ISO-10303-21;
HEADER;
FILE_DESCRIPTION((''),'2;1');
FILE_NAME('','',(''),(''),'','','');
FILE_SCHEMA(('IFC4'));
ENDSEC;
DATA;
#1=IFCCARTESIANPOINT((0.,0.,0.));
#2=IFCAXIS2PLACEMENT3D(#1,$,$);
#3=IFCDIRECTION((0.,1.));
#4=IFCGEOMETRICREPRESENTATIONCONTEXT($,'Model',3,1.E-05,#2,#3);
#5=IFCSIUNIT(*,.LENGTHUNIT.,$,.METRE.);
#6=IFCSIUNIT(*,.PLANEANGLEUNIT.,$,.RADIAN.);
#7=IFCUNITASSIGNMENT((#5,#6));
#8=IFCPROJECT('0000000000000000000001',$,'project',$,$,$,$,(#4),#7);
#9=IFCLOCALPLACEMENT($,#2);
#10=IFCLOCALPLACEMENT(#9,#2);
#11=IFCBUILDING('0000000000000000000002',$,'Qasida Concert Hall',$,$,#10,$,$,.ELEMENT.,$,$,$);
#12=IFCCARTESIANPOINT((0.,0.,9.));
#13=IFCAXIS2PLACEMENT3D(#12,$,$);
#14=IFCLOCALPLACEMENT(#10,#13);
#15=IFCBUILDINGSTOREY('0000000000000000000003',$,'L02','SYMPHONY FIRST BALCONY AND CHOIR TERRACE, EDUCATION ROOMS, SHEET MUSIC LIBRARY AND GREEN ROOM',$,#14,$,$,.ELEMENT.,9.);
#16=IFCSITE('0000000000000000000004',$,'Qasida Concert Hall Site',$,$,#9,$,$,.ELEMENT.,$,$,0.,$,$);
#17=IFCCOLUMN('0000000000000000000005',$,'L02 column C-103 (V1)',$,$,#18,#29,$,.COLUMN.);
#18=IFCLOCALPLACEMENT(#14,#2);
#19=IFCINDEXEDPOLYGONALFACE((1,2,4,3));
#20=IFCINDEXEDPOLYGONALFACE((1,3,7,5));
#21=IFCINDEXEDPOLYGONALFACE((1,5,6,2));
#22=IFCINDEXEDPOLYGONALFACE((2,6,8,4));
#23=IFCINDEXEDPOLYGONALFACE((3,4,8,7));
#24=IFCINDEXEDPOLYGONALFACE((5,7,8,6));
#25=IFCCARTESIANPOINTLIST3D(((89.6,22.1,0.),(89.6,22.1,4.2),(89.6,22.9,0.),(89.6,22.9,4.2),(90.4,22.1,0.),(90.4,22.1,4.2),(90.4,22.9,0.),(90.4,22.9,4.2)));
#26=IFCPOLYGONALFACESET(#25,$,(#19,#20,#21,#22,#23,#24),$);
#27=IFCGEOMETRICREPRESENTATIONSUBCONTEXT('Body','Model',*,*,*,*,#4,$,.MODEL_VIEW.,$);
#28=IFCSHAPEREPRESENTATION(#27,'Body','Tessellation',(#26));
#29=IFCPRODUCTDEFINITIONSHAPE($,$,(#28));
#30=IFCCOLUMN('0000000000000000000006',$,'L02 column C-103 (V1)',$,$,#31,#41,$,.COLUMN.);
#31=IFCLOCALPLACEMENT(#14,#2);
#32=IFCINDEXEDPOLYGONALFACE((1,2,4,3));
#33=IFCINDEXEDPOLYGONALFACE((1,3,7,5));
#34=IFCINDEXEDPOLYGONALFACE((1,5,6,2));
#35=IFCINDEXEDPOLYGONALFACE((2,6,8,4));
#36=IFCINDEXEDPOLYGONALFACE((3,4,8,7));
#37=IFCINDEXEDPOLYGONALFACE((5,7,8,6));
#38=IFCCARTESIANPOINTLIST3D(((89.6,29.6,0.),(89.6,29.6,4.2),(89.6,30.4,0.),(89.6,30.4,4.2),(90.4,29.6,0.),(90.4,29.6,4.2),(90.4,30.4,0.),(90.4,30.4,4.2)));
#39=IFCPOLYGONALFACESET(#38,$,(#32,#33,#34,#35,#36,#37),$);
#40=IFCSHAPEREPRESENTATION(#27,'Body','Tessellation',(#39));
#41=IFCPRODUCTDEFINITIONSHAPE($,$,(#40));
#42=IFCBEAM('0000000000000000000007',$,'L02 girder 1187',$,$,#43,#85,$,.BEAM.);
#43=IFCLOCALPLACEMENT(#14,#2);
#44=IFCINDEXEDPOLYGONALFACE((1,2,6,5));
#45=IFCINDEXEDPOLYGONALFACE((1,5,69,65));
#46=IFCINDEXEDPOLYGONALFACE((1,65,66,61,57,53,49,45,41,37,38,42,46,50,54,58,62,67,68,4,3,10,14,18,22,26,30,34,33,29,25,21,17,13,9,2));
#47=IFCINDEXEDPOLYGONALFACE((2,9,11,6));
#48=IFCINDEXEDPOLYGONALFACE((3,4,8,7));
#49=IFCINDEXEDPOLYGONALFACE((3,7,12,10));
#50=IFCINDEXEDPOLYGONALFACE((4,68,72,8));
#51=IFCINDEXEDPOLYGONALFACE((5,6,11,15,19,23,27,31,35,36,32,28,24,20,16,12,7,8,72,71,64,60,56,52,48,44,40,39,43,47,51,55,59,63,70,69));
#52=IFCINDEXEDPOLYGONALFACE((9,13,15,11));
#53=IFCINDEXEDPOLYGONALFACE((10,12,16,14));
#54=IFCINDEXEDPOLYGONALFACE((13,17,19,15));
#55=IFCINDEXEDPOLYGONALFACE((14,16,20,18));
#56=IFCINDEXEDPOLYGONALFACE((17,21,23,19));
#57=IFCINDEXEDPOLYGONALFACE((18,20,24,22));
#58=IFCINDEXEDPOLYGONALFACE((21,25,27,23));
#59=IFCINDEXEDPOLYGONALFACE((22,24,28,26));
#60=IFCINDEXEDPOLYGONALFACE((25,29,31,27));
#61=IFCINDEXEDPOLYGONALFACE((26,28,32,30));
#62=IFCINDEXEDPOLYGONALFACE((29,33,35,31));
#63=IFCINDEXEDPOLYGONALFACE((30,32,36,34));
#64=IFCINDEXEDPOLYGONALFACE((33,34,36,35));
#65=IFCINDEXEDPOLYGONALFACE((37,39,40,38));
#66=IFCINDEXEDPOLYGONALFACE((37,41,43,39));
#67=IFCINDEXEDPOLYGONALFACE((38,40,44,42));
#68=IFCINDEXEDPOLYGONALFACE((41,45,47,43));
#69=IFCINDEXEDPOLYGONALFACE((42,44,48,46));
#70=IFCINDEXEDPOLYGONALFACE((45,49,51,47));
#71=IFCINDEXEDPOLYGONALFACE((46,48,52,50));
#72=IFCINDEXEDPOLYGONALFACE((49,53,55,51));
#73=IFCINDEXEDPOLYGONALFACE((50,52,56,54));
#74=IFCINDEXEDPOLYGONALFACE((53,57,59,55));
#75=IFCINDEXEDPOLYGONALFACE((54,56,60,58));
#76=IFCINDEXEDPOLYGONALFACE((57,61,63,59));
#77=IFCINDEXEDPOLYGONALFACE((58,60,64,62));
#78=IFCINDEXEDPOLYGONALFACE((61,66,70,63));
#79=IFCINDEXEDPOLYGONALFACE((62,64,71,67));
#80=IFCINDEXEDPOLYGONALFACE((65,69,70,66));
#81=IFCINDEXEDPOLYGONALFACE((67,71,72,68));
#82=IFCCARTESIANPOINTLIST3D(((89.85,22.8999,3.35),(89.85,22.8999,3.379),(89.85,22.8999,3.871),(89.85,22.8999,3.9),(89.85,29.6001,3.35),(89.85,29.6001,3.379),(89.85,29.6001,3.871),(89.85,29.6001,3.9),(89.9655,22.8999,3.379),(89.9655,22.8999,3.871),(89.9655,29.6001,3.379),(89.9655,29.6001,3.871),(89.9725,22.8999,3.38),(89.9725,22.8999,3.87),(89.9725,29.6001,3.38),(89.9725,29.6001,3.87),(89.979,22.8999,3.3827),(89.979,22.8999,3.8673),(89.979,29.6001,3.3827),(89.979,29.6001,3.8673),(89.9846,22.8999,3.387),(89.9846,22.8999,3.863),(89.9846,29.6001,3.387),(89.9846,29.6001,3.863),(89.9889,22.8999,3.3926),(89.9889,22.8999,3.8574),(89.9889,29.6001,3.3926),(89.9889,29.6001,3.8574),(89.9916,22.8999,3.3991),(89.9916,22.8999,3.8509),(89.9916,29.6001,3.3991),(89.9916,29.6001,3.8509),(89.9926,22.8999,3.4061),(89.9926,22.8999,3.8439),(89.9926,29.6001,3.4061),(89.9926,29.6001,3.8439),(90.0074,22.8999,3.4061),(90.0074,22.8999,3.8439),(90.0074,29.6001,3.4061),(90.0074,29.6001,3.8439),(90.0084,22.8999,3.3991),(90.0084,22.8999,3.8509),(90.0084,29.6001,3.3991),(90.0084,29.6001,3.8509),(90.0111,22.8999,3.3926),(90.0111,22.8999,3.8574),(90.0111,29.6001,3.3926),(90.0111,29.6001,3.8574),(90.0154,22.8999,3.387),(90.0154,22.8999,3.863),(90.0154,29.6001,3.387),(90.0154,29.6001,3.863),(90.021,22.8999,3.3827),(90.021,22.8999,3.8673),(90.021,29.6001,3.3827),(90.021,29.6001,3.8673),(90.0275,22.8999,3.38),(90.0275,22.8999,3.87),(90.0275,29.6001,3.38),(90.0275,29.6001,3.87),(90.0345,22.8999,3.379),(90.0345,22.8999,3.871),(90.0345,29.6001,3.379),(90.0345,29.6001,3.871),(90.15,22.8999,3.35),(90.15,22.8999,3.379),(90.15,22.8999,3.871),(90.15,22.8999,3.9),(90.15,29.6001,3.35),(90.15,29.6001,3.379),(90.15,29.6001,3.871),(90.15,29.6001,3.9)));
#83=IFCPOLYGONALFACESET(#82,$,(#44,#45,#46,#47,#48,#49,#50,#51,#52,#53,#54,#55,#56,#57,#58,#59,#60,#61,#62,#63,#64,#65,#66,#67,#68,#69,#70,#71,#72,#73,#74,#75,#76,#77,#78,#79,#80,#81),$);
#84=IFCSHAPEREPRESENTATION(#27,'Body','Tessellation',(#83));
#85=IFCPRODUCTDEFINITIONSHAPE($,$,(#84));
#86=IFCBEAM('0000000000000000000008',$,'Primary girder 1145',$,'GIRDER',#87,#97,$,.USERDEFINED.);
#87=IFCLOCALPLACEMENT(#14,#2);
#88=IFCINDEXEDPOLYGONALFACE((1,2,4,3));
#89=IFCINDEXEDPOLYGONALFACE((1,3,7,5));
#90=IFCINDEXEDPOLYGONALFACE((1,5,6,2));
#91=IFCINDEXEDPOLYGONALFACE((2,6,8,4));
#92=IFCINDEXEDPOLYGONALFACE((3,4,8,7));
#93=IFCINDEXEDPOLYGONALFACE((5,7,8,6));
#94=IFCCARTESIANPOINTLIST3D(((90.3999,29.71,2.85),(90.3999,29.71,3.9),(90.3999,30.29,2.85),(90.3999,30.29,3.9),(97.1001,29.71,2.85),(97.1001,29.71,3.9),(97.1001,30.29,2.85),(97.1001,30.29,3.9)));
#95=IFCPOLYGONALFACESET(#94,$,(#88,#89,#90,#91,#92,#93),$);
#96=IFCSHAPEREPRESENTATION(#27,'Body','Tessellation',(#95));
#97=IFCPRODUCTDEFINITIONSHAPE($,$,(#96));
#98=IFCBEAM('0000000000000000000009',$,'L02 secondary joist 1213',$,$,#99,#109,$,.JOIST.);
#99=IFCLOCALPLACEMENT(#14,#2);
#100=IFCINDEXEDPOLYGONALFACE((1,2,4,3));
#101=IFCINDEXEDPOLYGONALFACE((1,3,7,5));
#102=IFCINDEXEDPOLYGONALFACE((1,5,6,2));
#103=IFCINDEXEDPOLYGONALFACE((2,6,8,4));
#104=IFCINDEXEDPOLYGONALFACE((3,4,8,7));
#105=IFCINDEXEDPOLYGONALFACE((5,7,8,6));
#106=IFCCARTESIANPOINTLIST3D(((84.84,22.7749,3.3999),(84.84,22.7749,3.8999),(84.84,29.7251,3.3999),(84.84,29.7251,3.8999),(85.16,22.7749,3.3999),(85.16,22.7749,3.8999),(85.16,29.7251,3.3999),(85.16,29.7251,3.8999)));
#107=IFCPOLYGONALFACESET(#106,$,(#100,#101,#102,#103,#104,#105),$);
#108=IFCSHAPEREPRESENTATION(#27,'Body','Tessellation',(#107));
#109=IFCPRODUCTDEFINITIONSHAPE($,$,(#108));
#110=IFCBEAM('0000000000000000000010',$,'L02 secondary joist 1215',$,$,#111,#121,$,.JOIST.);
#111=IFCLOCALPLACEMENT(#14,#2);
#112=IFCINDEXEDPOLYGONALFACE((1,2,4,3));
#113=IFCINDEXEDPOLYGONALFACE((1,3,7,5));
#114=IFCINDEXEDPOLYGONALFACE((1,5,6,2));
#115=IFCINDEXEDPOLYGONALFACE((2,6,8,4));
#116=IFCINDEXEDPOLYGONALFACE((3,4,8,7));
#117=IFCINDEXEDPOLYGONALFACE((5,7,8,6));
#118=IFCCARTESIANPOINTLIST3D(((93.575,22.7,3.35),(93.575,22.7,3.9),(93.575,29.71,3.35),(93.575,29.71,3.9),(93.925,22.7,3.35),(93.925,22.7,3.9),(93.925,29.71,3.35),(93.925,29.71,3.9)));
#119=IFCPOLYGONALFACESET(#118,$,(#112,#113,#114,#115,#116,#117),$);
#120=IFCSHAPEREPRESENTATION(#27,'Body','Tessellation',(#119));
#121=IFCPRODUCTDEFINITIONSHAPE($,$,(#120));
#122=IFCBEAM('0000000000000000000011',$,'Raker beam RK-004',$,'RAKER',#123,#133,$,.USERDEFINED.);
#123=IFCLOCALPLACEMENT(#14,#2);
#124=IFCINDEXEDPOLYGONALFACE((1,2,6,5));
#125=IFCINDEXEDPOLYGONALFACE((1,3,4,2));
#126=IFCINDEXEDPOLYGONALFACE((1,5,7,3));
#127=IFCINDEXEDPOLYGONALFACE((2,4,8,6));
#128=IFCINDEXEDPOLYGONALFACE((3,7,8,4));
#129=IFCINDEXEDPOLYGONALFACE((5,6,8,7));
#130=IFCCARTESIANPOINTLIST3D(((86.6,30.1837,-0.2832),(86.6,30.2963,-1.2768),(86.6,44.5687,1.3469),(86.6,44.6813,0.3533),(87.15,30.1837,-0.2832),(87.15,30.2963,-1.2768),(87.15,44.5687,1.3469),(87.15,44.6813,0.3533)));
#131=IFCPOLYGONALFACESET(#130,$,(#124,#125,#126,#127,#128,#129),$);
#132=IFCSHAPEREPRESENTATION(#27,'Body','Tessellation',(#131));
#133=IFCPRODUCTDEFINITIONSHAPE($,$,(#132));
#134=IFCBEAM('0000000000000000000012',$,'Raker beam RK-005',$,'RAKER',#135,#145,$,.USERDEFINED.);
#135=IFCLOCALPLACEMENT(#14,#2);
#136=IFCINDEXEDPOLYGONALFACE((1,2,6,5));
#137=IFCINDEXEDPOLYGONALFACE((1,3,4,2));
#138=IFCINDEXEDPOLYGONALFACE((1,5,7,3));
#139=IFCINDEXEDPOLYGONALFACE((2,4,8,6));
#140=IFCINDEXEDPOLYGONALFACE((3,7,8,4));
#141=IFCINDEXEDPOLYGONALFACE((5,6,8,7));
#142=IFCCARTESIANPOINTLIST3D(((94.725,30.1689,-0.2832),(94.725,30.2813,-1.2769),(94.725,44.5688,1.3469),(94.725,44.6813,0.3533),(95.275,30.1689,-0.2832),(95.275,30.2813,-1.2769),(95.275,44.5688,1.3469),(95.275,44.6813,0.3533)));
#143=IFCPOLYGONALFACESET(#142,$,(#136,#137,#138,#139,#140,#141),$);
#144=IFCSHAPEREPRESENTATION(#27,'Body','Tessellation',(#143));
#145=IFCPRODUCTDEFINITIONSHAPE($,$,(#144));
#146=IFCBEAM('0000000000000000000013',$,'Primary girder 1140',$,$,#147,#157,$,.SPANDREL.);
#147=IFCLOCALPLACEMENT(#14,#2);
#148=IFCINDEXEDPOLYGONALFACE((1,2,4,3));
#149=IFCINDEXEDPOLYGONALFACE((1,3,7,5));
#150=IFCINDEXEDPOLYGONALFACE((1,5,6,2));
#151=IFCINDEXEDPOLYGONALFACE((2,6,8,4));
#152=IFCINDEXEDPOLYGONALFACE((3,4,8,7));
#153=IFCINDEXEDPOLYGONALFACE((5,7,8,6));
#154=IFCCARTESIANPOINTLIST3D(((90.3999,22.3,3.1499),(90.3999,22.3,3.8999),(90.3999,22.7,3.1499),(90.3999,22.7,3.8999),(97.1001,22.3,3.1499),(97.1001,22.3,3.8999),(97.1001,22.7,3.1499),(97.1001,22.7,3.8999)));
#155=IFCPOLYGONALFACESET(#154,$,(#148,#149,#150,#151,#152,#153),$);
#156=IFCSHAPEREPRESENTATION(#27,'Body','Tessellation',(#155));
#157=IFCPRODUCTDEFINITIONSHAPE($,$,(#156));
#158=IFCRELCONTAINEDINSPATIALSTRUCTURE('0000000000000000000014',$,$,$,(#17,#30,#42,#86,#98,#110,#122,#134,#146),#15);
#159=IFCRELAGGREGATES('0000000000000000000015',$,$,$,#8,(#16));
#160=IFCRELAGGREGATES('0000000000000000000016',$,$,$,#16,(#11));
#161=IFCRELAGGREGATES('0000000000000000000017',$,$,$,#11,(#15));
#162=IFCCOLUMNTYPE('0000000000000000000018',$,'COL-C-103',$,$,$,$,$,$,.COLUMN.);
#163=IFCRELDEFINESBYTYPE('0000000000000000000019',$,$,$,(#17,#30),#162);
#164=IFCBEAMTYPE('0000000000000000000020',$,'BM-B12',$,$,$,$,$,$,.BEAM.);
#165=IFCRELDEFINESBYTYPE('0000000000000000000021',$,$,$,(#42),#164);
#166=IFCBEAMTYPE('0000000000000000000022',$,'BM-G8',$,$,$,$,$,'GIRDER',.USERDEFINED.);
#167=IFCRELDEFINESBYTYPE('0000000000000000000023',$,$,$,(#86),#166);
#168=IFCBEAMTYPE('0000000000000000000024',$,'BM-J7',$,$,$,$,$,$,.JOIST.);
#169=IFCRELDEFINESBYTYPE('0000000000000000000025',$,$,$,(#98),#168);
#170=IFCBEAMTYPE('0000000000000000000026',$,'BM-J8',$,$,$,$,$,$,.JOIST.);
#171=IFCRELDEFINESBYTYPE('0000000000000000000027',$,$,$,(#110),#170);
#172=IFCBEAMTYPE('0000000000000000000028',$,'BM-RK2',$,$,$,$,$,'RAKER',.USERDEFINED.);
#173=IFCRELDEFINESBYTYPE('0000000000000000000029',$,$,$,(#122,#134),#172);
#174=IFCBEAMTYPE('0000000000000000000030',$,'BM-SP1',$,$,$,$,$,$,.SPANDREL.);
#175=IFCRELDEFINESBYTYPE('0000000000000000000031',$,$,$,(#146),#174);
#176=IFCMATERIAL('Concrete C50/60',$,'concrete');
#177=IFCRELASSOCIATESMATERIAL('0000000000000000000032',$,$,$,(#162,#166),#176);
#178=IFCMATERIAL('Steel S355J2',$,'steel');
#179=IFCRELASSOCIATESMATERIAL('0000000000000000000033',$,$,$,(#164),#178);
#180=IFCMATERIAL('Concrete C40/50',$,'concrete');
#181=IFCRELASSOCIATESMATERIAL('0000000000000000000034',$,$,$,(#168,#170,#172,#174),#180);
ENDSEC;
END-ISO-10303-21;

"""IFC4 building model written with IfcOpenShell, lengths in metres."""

from ifc_helpers import new_model, si_unit, direction, frame, origin, origin_2d, place, context, subcontext, project, spatial, rectangle, i_section, extrude, material, material_profile, profile_set, type_object, element, save


model = new_model("IFC4")

# Units and contexts
model_context = context("Model", 3, precision=1e-05, world=origin(), true_north=direction((0.0, 1.0)))
body_context = subcontext(model_context, "Body", "Model", "MODEL_VIEW")
ifc_project = project(units=[si_unit("LENGTHUNIT", "METRE"), si_unit("PLANEANGLEUNIT", "RADIAN")], contexts=[model_context])

# Site, building, storey
site_placement = place(None, origin())
site = spatial("IfcSite", under=ifc_project, at=site_placement, Name="Qasida Concert Hall Site", CompositionType="ELEMENT", RefElevation=0.0)
building_placement = place(site_placement, origin())
building = spatial("IfcBuilding", under=site, at=building_placement, Name="Qasida Concert Hall", CompositionType="ELEMENT")
storey_placement = place(building_placement, frame((0.0, 0.0, 9.0)))
storey = spatial("IfcBuildingStorey", under=building, at=storey_placement, Name="L02", Description="SYMPHONY FIRST BALCONY AND CHOIR TERRACE, EDUCATION ROOMS, SHEET MUSIC LIBRARY AND GREEN ROOM", CompositionType="ELEMENT", Elevation=9.0)

# Columns
ifc_material_1 = material(Name="Concrete C50/60", Category="concrete")
ifc_material_profile_1 = material_profile(ifc_material_1, rectangle(XDim=0.8, YDim=0.8, at=origin_2d()), Name="RC 800x800")
ifc_profile_set_1 = profile_set([ifc_material_profile_1], Name="Concrete C50/60")
column_type = type_object("IfcColumnType", Name="COL-C-103", PredefinedType="COLUMN", material=ifc_profile_set_1)
for number, where, z_axis, x_axis, name in (
    (1, (90.0, 22.5, 0.0), (0.0, 0.0, 1.0), (1.0, 0.0, 0.0), "L02 column C-103 (V1)"),
    (2, (90.0, 30.0, 0.0), (0.0, 0.0, 1.0), (1.0, 0.0, 0.0), "L02 column C-103 (V1)"),
):
    element("IfcColumn", number, at=place(storey_placement, frame(where, z_axis=z_axis, x_axis=x_axis)), inside=storey, type_object=column_type, Name=name, PredefinedType="COLUMN", context=body_context, shape_type="SweptSolid", body=[
        extrude(rectangle(XDim=0.8, YDim=0.8, at=origin_2d()), origin(), (0.0, 0.0, 1.0), 4.2),
    ])

# Beams
ifc_material_2 = material(Name="Steel S355J2", Category="steel")
ifc_material_profile_2 = material_profile(ifc_material_2, i_section(OverallWidth=0.3, OverallDepth=0.55, WebThickness=0.0149, FlangeThickness=0.0291, FilletRadius=0.0271, at=origin_2d()), Name="HEB 550")
ifc_profile_set_2 = profile_set([ifc_material_profile_2], Name="Steel S355J2")
beam_type_1 = type_object("IfcBeamType", Name="BM-B12", PredefinedType="BEAM", material=ifc_profile_set_2)
beam_1_placement = place(storey_placement, frame((90.0, 22.8999, 3.625), z_axis=(0.0, 1.0, 0.0), x_axis=(-1.0, 0.0, 0.0)))
element("IfcBeam", 3, at=beam_1_placement, inside=storey, type_object=beam_type_1, Name="L02 girder 1187", PredefinedType="BEAM", context=body_context, shape_type="SweptSolid", body=[
    extrude(i_section(OverallWidth=0.3, OverallDepth=0.55, WebThickness=0.0149, FlangeThickness=0.0291, FilletRadius=0.0271, at=origin_2d()), origin(), (0.0, 0.0, 1.0), 6.7002),
])
ifc_material_profile_3 = material_profile(ifc_material_1, rectangle(XDim=0.5801, YDim=1.05, at=origin_2d()), Name="RC 580x1050")
ifc_profile_set_3 = profile_set([ifc_material_profile_3], Name="Concrete C50/60")
beam_type_2 = type_object("IfcBeamType", Name="BM-G8", ElementType="GIRDER", PredefinedType="USERDEFINED", material=ifc_profile_set_3)
beam_2_placement = place(storey_placement, frame((90.3999, 30.0, 3.375), z_axis=(1.0, 0.0, 0.0), x_axis=(0.0, 1.0, 0.0)))
element("IfcBeam", 4, at=beam_2_placement, inside=storey, type_object=beam_type_2, Name="Primary girder 1145", ObjectType="GIRDER", PredefinedType="USERDEFINED", context=body_context, shape_type="SweptSolid", body=[
    extrude(rectangle(XDim=0.5801, YDim=1.05, at=origin_2d()), origin(), (0.0, 0.0, 1.0), 6.7002),
])
ifc_material_3 = material(Name="Concrete C40/50", Category="concrete")
ifc_material_profile_4 = material_profile(ifc_material_3, rectangle(XDim=0.3201, YDim=0.5, at=origin_2d()), Name="RC 320x500")
ifc_profile_set_4 = profile_set([ifc_material_profile_4], Name="Concrete C40/50")
beam_type_3 = type_object("IfcBeamType", Name="BM-J7", PredefinedType="JOIST", material=ifc_profile_set_4)
beam_3_placement = place(storey_placement, frame((85.0, 22.7749, 3.6499), z_axis=(0.0, 1.0, 0.0), x_axis=(-1.0, 0.0, 0.0)))
element("IfcBeam", 5, at=beam_3_placement, inside=storey, type_object=beam_type_3, Name="L02 secondary joist 1213", PredefinedType="JOIST", context=body_context, shape_type="SweptSolid", body=[
    extrude(rectangle(XDim=0.3201, YDim=0.5, at=origin_2d()), origin(), (0.0, 0.0, 1.0), 6.9502),
])
ifc_material_profile_5 = material_profile(ifc_material_3, rectangle(XDim=0.3501, YDim=0.55, at=origin_2d()), Name="RC 350x550")
ifc_profile_set_5 = profile_set([ifc_material_profile_5], Name="Concrete C40/50")
beam_type_4 = type_object("IfcBeamType", Name="BM-J8", PredefinedType="JOIST", material=ifc_profile_set_5)
beam_4_placement = place(storey_placement, frame((93.75, 22.7, 3.625), z_axis=(0.0, 1.0, 0.0), x_axis=(-1.0, 0.0, 0.0)))
element("IfcBeam", 6, at=beam_4_placement, inside=storey, type_object=beam_type_4, Name="L02 secondary joist 1215", PredefinedType="JOIST", context=body_context, shape_type="SweptSolid", body=[
    extrude(rectangle(XDim=0.3501, YDim=0.55, at=origin_2d()), origin(), (0.0, 0.0, 1.0), 7.01),
])
ifc_material_profile_6 = material_profile(ifc_material_3, rectangle(XDim=0.55, YDim=1.0, at=origin_2d()), Name="RC 550x1000")
ifc_profile_set_6 = profile_set([ifc_material_profile_6], Name="Concrete C40/50")
beam_type_5 = type_object("IfcBeamType", Name="BM-RK2", ElementType="RAKER", PredefinedType="USERDEFINED", material=ifc_profile_set_6)
beam_5_placement = place(storey_placement, frame((86.875, 30.24, -0.78), z_axis=(0.0, 0.99364, 0.112601), x_axis=(-1.0, 0.0, 0.0)))
element("IfcBeam", 7, at=beam_5_placement, inside=storey, type_object=beam_type_5, Name="Raker beam RK-004", ObjectType="RAKER", PredefinedType="USERDEFINED", context=body_context, shape_type="SweptSolid", body=[
    extrude(rectangle(XDim=0.55, YDim=1.0, at=origin_2d()), origin(), (0.0, 0.0, 1.0), 14.4771),
])
beam_6_placement = place(storey_placement, frame((95.0, 30.2251, -0.78), z_axis=(0.0, 0.993653, 0.112486), x_axis=(-1.0, 0.0, 0.0)))
element("IfcBeam", 8, at=beam_6_placement, inside=storey, type_object=beam_type_5, Name="Raker beam RK-005", ObjectType="RAKER", PredefinedType="USERDEFINED", context=body_context, shape_type="SweptSolid", body=[
    extrude(rectangle(XDim=0.55, YDim=1.0, at=origin_2d()), origin(), (0.0, 0.0, 1.0), 14.4919),
])
ifc_material_profile_7 = material_profile(ifc_material_3, rectangle(XDim=0.3999, YDim=0.75, at=origin_2d()), Name="RC 400x750")
ifc_profile_set_7 = profile_set([ifc_material_profile_7], Name="Concrete C40/50")
beam_type_6 = type_object("IfcBeamType", Name="BM-SP1", PredefinedType="SPANDREL", material=ifc_profile_set_7)
beam_7_placement = place(storey_placement, frame((90.3999, 22.5, 3.5249), z_axis=(1.0, 0.0, 0.0), x_axis=(0.0, 1.0, 0.0)))
element("IfcBeam", 9, at=beam_7_placement, inside=storey, type_object=beam_type_6, Name="Primary girder 1140", PredefinedType="SPANDREL", context=body_context, shape_type="SweptSolid", body=[
    extrude(rectangle(XDim=0.3999, YDim=0.75, at=origin_2d()), origin(), (0.0, 0.0, 1.0), 6.7002),
])

save(model, "model.ifc")
